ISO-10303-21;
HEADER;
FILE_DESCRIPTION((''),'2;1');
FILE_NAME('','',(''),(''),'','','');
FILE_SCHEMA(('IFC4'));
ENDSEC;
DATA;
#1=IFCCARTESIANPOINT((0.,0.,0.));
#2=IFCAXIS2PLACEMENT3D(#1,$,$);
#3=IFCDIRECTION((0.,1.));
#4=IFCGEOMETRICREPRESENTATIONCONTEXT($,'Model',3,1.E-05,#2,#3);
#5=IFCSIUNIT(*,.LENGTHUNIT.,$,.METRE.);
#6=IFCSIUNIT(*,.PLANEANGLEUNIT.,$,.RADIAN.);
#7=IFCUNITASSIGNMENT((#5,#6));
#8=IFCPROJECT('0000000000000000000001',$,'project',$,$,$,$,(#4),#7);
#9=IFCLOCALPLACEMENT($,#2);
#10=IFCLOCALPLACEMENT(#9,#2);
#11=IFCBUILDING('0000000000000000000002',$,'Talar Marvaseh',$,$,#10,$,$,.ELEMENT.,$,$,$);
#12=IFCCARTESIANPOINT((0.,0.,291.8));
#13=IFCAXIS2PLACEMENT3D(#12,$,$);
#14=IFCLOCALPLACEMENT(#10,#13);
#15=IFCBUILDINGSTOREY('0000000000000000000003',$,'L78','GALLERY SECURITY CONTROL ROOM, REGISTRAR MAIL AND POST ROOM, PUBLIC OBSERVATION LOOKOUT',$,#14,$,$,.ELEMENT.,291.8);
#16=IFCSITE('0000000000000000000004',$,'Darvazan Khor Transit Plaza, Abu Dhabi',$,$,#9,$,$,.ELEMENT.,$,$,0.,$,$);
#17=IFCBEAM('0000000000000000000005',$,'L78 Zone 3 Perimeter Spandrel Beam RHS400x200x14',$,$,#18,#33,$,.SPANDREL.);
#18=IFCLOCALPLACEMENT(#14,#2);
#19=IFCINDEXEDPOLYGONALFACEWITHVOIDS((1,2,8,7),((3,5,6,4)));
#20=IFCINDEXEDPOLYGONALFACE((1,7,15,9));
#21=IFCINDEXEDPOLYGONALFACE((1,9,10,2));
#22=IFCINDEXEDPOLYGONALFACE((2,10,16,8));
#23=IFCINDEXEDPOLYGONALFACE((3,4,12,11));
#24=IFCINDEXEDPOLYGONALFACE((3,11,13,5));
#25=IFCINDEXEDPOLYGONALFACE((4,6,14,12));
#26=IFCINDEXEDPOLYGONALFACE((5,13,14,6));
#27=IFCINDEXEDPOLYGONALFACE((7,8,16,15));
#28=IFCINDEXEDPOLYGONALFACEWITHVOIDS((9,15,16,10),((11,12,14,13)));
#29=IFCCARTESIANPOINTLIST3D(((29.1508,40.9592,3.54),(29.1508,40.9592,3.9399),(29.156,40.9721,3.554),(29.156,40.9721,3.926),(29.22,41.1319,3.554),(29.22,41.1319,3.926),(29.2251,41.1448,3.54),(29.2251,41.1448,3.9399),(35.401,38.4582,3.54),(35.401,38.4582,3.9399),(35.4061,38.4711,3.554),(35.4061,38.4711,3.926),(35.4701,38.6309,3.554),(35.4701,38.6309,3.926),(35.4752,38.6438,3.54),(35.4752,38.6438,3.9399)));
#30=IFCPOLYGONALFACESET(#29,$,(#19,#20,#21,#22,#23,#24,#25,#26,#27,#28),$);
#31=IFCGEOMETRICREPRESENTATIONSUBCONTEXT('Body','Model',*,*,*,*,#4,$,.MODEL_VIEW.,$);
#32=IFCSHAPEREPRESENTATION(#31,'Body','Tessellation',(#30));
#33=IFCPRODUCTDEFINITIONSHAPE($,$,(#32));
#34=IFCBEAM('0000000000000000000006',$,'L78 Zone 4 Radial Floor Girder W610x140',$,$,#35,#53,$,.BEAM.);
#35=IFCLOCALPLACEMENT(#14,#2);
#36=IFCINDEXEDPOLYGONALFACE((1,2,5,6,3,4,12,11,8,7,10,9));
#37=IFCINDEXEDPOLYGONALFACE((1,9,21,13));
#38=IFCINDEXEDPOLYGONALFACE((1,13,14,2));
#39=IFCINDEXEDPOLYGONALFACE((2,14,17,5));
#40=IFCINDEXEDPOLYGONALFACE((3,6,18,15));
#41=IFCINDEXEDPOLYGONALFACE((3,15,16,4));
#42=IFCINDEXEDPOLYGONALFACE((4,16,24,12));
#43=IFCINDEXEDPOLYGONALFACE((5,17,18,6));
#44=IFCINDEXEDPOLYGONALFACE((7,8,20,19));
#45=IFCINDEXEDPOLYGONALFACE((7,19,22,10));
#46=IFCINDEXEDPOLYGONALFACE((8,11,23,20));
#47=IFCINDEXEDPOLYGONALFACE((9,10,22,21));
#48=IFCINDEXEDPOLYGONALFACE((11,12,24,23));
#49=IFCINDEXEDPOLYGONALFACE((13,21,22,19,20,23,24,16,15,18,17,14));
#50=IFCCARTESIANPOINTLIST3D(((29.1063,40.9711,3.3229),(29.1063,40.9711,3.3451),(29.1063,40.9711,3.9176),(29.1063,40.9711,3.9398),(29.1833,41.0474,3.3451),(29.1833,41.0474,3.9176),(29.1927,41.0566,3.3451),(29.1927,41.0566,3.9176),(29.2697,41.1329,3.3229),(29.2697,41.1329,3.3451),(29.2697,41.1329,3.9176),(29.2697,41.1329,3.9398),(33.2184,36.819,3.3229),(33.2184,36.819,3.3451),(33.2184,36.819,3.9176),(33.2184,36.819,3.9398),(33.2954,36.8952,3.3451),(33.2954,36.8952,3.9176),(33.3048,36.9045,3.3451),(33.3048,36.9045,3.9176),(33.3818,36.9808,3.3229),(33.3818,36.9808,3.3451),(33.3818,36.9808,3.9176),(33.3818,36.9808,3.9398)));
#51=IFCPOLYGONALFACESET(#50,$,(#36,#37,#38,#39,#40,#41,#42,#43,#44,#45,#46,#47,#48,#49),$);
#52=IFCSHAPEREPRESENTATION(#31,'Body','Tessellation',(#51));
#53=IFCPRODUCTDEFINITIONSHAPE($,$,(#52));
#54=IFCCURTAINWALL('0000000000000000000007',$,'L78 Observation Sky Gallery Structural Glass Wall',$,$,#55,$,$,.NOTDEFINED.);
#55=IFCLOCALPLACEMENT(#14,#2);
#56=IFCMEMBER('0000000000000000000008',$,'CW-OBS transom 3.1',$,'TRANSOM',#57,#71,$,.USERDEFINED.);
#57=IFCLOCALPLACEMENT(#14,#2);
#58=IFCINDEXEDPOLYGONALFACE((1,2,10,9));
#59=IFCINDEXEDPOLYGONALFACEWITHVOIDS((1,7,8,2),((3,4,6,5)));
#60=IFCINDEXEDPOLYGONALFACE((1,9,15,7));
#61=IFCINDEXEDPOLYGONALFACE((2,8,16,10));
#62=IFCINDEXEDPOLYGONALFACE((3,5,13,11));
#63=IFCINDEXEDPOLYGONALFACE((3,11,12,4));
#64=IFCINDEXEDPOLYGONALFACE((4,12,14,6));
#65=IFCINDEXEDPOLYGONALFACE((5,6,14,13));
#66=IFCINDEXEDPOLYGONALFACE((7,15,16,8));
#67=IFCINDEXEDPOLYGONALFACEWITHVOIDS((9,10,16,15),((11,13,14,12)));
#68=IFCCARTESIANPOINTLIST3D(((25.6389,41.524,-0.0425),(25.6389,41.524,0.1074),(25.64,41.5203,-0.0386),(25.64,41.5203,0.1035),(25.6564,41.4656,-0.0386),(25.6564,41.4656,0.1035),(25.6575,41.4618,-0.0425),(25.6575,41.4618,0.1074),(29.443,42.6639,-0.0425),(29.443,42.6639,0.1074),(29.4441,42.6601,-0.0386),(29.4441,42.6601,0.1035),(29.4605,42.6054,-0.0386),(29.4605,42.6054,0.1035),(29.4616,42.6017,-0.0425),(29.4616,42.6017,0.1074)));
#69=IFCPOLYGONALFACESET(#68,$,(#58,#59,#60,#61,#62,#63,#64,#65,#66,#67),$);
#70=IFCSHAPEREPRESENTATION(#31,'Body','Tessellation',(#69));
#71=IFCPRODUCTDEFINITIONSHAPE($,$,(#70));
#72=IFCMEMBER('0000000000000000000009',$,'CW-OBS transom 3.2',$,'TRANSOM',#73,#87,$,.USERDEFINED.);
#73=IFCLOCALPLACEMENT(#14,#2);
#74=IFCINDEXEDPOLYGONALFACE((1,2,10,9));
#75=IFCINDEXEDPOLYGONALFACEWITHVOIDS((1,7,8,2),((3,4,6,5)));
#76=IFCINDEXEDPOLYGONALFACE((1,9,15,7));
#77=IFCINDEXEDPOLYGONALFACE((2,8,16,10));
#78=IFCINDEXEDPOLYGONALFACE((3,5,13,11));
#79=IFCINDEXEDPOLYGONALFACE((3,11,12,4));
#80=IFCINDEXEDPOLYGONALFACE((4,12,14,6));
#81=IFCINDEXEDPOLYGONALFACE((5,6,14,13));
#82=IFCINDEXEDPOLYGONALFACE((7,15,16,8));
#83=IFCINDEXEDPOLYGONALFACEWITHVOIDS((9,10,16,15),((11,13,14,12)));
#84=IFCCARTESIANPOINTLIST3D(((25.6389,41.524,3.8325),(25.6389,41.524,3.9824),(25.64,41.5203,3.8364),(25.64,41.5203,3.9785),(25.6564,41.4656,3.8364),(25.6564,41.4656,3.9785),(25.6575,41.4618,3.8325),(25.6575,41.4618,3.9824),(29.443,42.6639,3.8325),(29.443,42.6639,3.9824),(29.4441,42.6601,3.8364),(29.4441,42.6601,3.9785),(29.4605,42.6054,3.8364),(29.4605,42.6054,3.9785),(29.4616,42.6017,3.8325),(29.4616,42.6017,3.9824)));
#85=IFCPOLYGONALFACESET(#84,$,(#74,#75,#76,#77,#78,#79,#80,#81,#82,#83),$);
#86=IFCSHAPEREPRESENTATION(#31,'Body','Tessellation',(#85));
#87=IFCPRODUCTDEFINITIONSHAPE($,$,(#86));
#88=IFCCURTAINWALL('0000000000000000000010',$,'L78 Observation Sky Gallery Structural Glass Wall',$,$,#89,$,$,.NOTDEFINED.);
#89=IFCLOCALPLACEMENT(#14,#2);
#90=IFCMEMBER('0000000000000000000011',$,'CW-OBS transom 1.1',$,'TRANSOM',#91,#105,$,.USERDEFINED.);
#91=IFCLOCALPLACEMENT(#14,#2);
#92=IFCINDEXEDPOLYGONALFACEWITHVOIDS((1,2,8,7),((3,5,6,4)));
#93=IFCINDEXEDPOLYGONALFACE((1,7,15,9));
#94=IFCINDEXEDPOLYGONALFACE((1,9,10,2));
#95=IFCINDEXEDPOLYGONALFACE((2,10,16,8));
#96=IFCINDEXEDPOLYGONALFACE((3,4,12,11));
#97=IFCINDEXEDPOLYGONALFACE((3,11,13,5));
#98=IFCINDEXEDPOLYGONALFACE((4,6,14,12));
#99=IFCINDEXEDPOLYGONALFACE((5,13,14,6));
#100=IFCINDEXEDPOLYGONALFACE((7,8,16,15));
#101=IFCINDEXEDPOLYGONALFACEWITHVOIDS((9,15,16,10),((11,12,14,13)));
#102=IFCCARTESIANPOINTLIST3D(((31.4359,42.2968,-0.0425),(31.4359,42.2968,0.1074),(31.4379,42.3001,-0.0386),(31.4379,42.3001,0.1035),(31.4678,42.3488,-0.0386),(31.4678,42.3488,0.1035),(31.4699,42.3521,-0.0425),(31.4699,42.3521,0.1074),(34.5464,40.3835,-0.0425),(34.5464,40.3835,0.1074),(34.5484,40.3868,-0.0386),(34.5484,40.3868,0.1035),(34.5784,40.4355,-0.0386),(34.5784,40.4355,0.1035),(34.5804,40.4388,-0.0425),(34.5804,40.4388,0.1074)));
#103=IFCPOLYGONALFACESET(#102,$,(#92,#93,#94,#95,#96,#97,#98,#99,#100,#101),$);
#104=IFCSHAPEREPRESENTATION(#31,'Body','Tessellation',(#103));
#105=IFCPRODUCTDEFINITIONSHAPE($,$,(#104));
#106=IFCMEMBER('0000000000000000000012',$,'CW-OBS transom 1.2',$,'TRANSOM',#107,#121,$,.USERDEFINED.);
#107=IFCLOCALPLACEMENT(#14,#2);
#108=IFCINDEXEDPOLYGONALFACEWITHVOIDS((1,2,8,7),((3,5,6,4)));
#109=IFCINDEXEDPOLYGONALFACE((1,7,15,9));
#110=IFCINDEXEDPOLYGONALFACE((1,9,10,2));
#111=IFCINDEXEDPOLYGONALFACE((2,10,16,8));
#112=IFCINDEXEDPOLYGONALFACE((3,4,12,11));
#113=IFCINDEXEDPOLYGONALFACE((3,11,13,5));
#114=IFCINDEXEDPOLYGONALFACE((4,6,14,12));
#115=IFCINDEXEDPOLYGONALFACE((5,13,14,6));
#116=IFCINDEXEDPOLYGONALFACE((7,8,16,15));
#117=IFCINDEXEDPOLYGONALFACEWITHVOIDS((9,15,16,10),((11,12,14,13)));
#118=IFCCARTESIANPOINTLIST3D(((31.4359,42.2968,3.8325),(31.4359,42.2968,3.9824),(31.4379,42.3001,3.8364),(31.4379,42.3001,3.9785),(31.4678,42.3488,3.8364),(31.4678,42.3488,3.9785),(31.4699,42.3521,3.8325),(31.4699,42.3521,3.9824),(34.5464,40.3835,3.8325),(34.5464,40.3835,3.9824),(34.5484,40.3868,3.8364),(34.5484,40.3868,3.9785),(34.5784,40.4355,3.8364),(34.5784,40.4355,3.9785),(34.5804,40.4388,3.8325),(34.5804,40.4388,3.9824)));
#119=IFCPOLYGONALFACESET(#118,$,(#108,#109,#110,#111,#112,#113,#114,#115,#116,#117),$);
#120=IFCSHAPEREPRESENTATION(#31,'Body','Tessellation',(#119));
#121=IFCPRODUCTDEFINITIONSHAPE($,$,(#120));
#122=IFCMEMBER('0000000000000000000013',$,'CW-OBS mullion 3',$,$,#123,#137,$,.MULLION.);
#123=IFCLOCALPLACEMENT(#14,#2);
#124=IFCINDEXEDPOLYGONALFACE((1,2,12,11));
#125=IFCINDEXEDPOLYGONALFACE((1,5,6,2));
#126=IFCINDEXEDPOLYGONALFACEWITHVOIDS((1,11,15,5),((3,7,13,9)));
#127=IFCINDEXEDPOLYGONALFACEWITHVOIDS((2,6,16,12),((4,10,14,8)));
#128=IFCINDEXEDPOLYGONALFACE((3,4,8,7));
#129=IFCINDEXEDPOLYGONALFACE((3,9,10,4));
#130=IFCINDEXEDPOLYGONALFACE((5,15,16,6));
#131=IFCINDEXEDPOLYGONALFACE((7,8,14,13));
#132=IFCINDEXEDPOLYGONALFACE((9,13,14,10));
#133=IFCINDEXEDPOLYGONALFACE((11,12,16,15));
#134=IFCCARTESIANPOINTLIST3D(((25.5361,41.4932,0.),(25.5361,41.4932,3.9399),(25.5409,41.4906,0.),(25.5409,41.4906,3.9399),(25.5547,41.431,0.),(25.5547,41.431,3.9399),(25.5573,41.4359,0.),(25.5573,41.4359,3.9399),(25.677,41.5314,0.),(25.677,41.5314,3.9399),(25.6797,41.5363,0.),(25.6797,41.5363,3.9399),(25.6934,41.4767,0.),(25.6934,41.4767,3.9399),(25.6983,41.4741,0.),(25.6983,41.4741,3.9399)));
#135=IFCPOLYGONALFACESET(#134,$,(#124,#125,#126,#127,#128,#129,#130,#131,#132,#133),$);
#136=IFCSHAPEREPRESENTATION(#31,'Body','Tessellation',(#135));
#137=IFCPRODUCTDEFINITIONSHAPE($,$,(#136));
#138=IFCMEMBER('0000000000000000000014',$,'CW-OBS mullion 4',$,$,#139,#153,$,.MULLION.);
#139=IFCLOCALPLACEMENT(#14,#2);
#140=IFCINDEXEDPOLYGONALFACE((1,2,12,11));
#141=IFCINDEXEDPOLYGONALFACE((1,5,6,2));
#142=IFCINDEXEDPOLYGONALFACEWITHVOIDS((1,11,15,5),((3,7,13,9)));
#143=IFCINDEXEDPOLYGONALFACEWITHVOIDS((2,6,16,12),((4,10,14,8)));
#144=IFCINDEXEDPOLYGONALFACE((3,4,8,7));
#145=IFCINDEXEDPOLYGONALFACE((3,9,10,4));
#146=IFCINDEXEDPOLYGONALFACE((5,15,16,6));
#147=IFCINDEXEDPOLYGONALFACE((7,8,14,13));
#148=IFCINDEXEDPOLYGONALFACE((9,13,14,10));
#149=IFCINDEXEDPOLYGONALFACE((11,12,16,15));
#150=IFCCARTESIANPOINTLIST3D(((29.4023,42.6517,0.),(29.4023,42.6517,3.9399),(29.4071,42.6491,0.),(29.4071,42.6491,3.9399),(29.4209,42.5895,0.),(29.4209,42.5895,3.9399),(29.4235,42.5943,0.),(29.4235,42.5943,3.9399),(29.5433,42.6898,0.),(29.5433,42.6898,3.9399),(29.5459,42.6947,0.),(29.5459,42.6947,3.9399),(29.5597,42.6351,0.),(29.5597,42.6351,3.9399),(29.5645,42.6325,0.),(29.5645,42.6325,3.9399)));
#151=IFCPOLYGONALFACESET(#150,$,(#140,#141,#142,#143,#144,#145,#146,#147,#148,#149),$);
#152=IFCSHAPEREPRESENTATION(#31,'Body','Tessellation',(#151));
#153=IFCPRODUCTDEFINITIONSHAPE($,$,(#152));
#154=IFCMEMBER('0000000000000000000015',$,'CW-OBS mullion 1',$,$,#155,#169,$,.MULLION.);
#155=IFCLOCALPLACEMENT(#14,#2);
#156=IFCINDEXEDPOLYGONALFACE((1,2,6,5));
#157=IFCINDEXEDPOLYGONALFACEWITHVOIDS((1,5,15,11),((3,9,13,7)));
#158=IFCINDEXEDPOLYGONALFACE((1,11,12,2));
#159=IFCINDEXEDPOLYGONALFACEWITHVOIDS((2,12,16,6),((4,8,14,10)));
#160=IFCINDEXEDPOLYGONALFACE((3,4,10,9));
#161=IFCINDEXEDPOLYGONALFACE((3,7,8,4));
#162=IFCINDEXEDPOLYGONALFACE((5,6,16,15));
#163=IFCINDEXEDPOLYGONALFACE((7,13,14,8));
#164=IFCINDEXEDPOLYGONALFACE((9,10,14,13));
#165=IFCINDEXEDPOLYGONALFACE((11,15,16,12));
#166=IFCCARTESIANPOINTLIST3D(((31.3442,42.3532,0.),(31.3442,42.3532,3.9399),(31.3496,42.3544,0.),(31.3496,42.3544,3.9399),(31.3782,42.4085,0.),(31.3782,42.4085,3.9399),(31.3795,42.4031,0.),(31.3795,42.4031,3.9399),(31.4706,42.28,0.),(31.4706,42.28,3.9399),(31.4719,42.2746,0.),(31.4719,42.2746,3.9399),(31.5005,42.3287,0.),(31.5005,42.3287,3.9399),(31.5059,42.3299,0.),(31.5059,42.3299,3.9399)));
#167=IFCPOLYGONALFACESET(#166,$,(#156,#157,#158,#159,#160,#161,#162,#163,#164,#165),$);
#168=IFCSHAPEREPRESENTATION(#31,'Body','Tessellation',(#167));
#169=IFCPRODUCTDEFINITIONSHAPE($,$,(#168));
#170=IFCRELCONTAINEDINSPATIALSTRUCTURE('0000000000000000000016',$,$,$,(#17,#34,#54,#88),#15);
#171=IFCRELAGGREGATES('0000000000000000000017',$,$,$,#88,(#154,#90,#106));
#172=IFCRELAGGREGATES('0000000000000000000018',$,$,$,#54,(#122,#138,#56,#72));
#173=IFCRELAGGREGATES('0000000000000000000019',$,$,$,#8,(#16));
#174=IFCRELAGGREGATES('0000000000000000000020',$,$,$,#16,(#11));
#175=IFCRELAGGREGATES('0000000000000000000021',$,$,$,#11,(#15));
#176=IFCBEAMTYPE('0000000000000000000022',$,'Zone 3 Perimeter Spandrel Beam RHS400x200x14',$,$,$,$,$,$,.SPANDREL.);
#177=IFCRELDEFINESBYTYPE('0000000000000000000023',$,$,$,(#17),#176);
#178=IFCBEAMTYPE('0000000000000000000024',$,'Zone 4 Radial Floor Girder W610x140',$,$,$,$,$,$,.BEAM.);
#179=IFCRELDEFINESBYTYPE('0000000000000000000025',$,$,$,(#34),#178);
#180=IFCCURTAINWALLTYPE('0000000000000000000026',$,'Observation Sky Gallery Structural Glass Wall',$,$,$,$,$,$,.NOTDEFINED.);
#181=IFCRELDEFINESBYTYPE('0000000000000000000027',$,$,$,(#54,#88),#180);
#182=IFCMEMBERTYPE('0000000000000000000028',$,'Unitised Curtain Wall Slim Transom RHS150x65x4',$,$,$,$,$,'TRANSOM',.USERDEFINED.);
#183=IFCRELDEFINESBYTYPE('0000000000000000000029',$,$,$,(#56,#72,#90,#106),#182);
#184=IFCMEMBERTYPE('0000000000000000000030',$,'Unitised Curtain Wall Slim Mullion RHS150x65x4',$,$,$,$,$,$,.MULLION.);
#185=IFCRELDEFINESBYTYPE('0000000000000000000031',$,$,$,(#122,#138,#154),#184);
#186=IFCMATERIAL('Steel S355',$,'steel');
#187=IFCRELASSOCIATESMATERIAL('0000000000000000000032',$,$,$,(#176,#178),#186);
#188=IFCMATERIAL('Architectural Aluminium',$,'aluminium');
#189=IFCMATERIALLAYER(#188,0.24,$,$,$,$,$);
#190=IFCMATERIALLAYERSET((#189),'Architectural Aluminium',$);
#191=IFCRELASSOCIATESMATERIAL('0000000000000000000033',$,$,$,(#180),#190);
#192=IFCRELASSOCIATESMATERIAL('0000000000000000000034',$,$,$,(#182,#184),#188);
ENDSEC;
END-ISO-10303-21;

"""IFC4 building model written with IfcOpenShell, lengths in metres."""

from ifc_helpers import new_model, si_unit, direction, frame, origin, origin_2d, place, context, subcontext, project, spatial, hollow_rectangle, i_section, extrude, source, transform, mapped, material, layer, layer_set, material_profile, profile_set, type_object, type_shapes, element, aggregate, save


model = new_model("IFC4")

# Units and contexts
model_context = context("Model", 3, precision=1e-05, world=origin(), true_north=direction((0.0, 1.0)))
body_context = subcontext(model_context, "Body", "Model", "MODEL_VIEW")
ifc_project = project(units=[si_unit("LENGTHUNIT", "METRE"), si_unit("PLANEANGLEUNIT", "RADIAN")], contexts=[model_context])

# Site, building, storey
site_placement = place(None, origin())
site = spatial("IfcSite", under=ifc_project, at=site_placement, Name="Darvazan Khor Transit Plaza, Abu Dhabi", CompositionType="ELEMENT", RefElevation=0.0)
building_placement = place(site_placement, origin())
building = spatial("IfcBuilding", under=site, at=building_placement, Name="Talar Marvaseh", CompositionType="ELEMENT")
storey_placement = place(building_placement, frame((0.0, 0.0, 291.8)))
storey = spatial("IfcBuildingStorey", under=building, at=storey_placement, Name="L78", Description="GALLERY SECURITY CONTROL ROOM, REGISTRAR MAIL AND POST ROOM, PUBLIC OBSERVATION LOOKOUT", CompositionType="ELEMENT", Elevation=291.8)

# Beams
ifc_material_1 = material(Name="Steel S355", Category="steel")
ifc_material_profile_1 = material_profile(ifc_material_1, hollow_rectangle(XDim=0.2, YDim=0.3999, WallThickness=0.0139, at=origin_2d()), Name="RHS400x200x14")
ifc_profile_set_1 = profile_set([ifc_material_profile_1], Name="Steel S355")
beam_type_1 = type_object("IfcBeamType", Name="Zone 3 Perimeter Spandrel Beam RHS400x200x14", PredefinedType="SPANDREL", material=ifc_profile_set_1)
beam_1_placement = place(storey_placement, frame((29.188, 41.052, 3.74), z_axis=(0.928427, -0.371516, 0.0), x_axis=(0.371516, 0.928427, 0.0)))
element("IfcBeam", 1, at=beam_1_placement, inside=storey, type_object=beam_type_1, Name="L78 Zone 3 Perimeter Spandrel Beam RHS400x200x14", PredefinedType="SPANDREL", context=body_context, shape_type="SweptSolid", body=[
    extrude(hollow_rectangle(XDim=0.2, YDim=0.3999, WallThickness=0.0139, at=origin_2d()), origin(), (0.0, 0.0, 1.0), 6.7319),
])
ifc_material_profile_2 = material_profile(ifc_material_1, i_section(OverallWidth=0.23, OverallDepth=0.6169, WebThickness=0.0132, FlangeThickness=0.0222, at=origin_2d()), Name="W610x140")
ifc_profile_set_2 = profile_set([ifc_material_profile_2], Name="Steel S355")
beam_type_2 = type_object("IfcBeamType", Name="Zone 4 Radial Floor Girder W610x140", PredefinedType="BEAM", material=ifc_profile_set_2)
beam_2_placement = place(storey_placement, frame((29.188, 41.052, 3.6313), z_axis=(0.703673, -0.710524, 0.0), x_axis=(0.710524, 0.703673, 0.0)))
element("IfcBeam", 2, at=beam_2_placement, inside=storey, type_object=beam_type_2, Name="L78 Zone 4 Radial Floor Girder W610x140", PredefinedType="BEAM", context=body_context, shape_type="SweptSolid", body=[
    extrude(i_section(OverallWidth=0.23, OverallDepth=0.6169, WebThickness=0.0132, FlangeThickness=0.0222, at=origin_2d()), origin(), (0.0, 0.0, 1.0), 5.8438),
])

# Curtain walls, members
ifc_material_2 = material(Name="Architectural Aluminium", Category="aluminium")
ifc_layer_1 = layer(ifc_material_2, 0.24)
ifc_layer_set_1 = layer_set([ifc_layer_1], Name="Architectural Aluminium")
curtain_wall_type = type_object("IfcCurtainWallType", Name="Observation Sky Gallery Structural Glass Wall", PredefinedType="NOTDEFINED", material=ifc_layer_set_1)
curtain_wall_1_placement = place(storey_placement, origin())
curtain_wall_1 = element("IfcCurtainWall", 3, at=curtain_wall_1_placement, inside=storey, type_object=curtain_wall_type, Name="L78 Observation Sky Gallery Structural Glass Wall", PredefinedType="NOTDEFINED")
ifc_material_profile_3 = material_profile(ifc_material_2, hollow_rectangle(XDim=0.0649, YDim=0.1499, WallThickness=0.0039, at=origin_2d()), Name="RHS150x65x4")
ifc_profile_set_3 = profile_set([ifc_material_profile_3], Name="Architectural Aluminium")
member_type_1 = type_object("IfcMemberType", Name="Unitised Curtain Wall Slim Transom RHS150x65x4", ElementType="TRANSOM", PredefinedType="USERDEFINED", material=ifc_profile_set_3)
shared_shape_1 = source(origin(), body_context, "Body", "SweptSolid", [
    extrude(hollow_rectangle(XDim=0.0649, YDim=0.1499, WallThickness=0.0039, at=origin_2d()), origin(), (0.0, 0.0, 1.0), 3.9712),
])
member_1_placement = place(storey_placement, frame((25.6482, 41.4929, 0.0325), z_axis=(0.957921, 0.287032, 0.0), x_axis=(-0.287032, 0.957921, 0.0)))
member_1 = element("IfcMember", 4, at=member_1_placement, type_object=member_type_1, Name="CW-OBS transom 3.1", ObjectType="TRANSOM", PredefinedType="USERDEFINED", context=body_context, shape_type="MappedRepresentation", body=[
    mapped(shared_shape_1, transform((0.0, 0.0, 0.0), x_axis=(1.0, 0.0, 0.0), y_axis=(0.0, 1.0, 0.0), z_axis=(0.0, 0.0, 1.0), scale=1.0)),
])
member_2_placement = place(storey_placement, frame((25.6482, 41.4929, 3.9075), z_axis=(0.957921, 0.287032, 0.0), x_axis=(-0.287032, 0.957921, 0.0)))
member_2 = element("IfcMember", 5, at=member_2_placement, type_object=member_type_1, Name="CW-OBS transom 3.2", ObjectType="TRANSOM", PredefinedType="USERDEFINED", context=body_context, shape_type="MappedRepresentation", body=[
    mapped(shared_shape_1, transform((0.0, 0.0, 0.0), x_axis=(1.0, 0.0, 0.0), y_axis=(0.0, 1.0, 0.0), z_axis=(0.0, 0.0, 1.0), scale=1.0)),
])
curtain_wall_2_placement = place(storey_placement, origin())
curtain_wall_2 = element("IfcCurtainWall", 6, at=curtain_wall_2_placement, inside=storey, type_object=curtain_wall_type, Name="L78 Observation Sky Gallery Structural Glass Wall", PredefinedType="NOTDEFINED")
shared_shape_2 = source(origin(), body_context, "Body", "SweptSolid", [
    extrude(hollow_rectangle(XDim=0.0649, YDim=0.1499, WallThickness=0.0039, at=origin_2d()), origin(), (0.0, 0.0, 1.0), 3.6519),
])
type_shapes(member_type_1, [shared_shape_1, shared_shape_2])
member_3_placement = place(storey_placement, frame((31.4529, 42.3245, 0.0325), z_axis=(0.851766, -0.523922, 0.0), x_axis=(0.523922, 0.851766, 0.0)))
member_3 = element("IfcMember", 7, at=member_3_placement, type_object=member_type_1, Name="CW-OBS transom 1.1", ObjectType="TRANSOM", PredefinedType="USERDEFINED", context=body_context, shape_type="MappedRepresentation", body=[
    mapped(shared_shape_2, transform((0.0, 0.0, 0.0), x_axis=(1.0, 0.0, 0.0), y_axis=(0.0, 1.0, 0.0), z_axis=(0.0, 0.0, 1.0), scale=1.0)),
])
member_4_placement = place(storey_placement, frame((31.4529, 42.3245, 3.9075), z_axis=(0.851766, -0.523922, 0.0), x_axis=(0.523922, 0.851766, 0.0)))
member_4 = element("IfcMember", 8, at=member_4_placement, type_object=member_type_1, Name="CW-OBS transom 1.2", ObjectType="TRANSOM", PredefinedType="USERDEFINED", context=body_context, shape_type="MappedRepresentation", body=[
    mapped(shared_shape_2, transform((0.0, 0.0, 0.0), x_axis=(1.0, 0.0, 0.0), y_axis=(0.0, 1.0, 0.0), z_axis=(0.0, 0.0, 1.0), scale=1.0)),
])

# Members
ifc_material_profile_4 = material_profile(ifc_material_2, hollow_rectangle(XDim=0.0649, YDim=0.1499, WallThickness=0.0039, at=origin_2d()), Name="RHS150x65x4")
ifc_profile_set_4 = profile_set([ifc_material_profile_4], Name="Architectural Aluminium")
member_type_2 = type_object("IfcMemberType", Name="Unitised Curtain Wall Slim Mullion RHS150x65x4", PredefinedType="MULLION", material=ifc_profile_set_4)
shared_shape_3 = source(origin(), body_context, "Body", "SweptSolid", [
    extrude(hollow_rectangle(XDim=0.0649, YDim=0.1499, WallThickness=0.0039, at=origin_2d()), origin(), (0.0, 0.0, 1.0), 3.9399),
])
type_shapes(member_type_2, [shared_shape_3])
member_5_placement = place(storey_placement, frame((25.6172, 41.4836, 0.0), z_axis=(0.0, 0.0, 1.0), x_axis=(-0.287063, 0.957912, 0.0)))
member_5 = element("IfcMember", 9, at=member_5_placement, type_object=member_type_2, Name="CW-OBS mullion 3", PredefinedType="MULLION", context=body_context, shape_type="MappedRepresentation", body=[
    mapped(shared_shape_3, transform((0.0, 0.0, 0.0), x_axis=(1.0, 0.0, 0.0), y_axis=(0.0, 1.0, 0.0), z_axis=(0.0, 0.0, 1.0), scale=1.0)),
])
member_6_placement = place(storey_placement, frame((29.4834, 42.6421, 0.0), z_axis=(0.0, 0.0, 1.0), x_axis=(-0.287063, 0.957912, 0.0)))
member_6 = element("IfcMember", 10, at=member_6_placement, type_object=member_type_2, Name="CW-OBS mullion 4", PredefinedType="MULLION", context=body_context, shape_type="MappedRepresentation", body=[
    mapped(shared_shape_3, transform((0.0, 0.0, 0.0), x_axis=(1.0, 0.0, 0.0), y_axis=(0.0, 1.0, 0.0), z_axis=(0.0, 0.0, 1.0), scale=1.0)),
])
member_7_placement = place(storey_placement, frame((31.425, 42.3416, 0.0), z_axis=(0.0, 0.0, 1.0), x_axis=(0.523932, 0.85176, 0.0)))
member_7 = element("IfcMember", 11, at=member_7_placement, type_object=member_type_2, Name="CW-OBS mullion 1", PredefinedType="MULLION", context=body_context, shape_type="MappedRepresentation", body=[
    mapped(shared_shape_3, transform((0.0, 0.0, 0.0), x_axis=(1.0, 0.0, 0.0), y_axis=(0.0, 1.0, 0.0), z_axis=(0.0, 0.0, 1.0), scale=1.0)),
])
aggregate(curtain_wall_2, [member_7, member_3, member_4])

aggregate(curtain_wall_1, [member_5, member_6, member_1, member_2])

save(model, "model.ifc")
